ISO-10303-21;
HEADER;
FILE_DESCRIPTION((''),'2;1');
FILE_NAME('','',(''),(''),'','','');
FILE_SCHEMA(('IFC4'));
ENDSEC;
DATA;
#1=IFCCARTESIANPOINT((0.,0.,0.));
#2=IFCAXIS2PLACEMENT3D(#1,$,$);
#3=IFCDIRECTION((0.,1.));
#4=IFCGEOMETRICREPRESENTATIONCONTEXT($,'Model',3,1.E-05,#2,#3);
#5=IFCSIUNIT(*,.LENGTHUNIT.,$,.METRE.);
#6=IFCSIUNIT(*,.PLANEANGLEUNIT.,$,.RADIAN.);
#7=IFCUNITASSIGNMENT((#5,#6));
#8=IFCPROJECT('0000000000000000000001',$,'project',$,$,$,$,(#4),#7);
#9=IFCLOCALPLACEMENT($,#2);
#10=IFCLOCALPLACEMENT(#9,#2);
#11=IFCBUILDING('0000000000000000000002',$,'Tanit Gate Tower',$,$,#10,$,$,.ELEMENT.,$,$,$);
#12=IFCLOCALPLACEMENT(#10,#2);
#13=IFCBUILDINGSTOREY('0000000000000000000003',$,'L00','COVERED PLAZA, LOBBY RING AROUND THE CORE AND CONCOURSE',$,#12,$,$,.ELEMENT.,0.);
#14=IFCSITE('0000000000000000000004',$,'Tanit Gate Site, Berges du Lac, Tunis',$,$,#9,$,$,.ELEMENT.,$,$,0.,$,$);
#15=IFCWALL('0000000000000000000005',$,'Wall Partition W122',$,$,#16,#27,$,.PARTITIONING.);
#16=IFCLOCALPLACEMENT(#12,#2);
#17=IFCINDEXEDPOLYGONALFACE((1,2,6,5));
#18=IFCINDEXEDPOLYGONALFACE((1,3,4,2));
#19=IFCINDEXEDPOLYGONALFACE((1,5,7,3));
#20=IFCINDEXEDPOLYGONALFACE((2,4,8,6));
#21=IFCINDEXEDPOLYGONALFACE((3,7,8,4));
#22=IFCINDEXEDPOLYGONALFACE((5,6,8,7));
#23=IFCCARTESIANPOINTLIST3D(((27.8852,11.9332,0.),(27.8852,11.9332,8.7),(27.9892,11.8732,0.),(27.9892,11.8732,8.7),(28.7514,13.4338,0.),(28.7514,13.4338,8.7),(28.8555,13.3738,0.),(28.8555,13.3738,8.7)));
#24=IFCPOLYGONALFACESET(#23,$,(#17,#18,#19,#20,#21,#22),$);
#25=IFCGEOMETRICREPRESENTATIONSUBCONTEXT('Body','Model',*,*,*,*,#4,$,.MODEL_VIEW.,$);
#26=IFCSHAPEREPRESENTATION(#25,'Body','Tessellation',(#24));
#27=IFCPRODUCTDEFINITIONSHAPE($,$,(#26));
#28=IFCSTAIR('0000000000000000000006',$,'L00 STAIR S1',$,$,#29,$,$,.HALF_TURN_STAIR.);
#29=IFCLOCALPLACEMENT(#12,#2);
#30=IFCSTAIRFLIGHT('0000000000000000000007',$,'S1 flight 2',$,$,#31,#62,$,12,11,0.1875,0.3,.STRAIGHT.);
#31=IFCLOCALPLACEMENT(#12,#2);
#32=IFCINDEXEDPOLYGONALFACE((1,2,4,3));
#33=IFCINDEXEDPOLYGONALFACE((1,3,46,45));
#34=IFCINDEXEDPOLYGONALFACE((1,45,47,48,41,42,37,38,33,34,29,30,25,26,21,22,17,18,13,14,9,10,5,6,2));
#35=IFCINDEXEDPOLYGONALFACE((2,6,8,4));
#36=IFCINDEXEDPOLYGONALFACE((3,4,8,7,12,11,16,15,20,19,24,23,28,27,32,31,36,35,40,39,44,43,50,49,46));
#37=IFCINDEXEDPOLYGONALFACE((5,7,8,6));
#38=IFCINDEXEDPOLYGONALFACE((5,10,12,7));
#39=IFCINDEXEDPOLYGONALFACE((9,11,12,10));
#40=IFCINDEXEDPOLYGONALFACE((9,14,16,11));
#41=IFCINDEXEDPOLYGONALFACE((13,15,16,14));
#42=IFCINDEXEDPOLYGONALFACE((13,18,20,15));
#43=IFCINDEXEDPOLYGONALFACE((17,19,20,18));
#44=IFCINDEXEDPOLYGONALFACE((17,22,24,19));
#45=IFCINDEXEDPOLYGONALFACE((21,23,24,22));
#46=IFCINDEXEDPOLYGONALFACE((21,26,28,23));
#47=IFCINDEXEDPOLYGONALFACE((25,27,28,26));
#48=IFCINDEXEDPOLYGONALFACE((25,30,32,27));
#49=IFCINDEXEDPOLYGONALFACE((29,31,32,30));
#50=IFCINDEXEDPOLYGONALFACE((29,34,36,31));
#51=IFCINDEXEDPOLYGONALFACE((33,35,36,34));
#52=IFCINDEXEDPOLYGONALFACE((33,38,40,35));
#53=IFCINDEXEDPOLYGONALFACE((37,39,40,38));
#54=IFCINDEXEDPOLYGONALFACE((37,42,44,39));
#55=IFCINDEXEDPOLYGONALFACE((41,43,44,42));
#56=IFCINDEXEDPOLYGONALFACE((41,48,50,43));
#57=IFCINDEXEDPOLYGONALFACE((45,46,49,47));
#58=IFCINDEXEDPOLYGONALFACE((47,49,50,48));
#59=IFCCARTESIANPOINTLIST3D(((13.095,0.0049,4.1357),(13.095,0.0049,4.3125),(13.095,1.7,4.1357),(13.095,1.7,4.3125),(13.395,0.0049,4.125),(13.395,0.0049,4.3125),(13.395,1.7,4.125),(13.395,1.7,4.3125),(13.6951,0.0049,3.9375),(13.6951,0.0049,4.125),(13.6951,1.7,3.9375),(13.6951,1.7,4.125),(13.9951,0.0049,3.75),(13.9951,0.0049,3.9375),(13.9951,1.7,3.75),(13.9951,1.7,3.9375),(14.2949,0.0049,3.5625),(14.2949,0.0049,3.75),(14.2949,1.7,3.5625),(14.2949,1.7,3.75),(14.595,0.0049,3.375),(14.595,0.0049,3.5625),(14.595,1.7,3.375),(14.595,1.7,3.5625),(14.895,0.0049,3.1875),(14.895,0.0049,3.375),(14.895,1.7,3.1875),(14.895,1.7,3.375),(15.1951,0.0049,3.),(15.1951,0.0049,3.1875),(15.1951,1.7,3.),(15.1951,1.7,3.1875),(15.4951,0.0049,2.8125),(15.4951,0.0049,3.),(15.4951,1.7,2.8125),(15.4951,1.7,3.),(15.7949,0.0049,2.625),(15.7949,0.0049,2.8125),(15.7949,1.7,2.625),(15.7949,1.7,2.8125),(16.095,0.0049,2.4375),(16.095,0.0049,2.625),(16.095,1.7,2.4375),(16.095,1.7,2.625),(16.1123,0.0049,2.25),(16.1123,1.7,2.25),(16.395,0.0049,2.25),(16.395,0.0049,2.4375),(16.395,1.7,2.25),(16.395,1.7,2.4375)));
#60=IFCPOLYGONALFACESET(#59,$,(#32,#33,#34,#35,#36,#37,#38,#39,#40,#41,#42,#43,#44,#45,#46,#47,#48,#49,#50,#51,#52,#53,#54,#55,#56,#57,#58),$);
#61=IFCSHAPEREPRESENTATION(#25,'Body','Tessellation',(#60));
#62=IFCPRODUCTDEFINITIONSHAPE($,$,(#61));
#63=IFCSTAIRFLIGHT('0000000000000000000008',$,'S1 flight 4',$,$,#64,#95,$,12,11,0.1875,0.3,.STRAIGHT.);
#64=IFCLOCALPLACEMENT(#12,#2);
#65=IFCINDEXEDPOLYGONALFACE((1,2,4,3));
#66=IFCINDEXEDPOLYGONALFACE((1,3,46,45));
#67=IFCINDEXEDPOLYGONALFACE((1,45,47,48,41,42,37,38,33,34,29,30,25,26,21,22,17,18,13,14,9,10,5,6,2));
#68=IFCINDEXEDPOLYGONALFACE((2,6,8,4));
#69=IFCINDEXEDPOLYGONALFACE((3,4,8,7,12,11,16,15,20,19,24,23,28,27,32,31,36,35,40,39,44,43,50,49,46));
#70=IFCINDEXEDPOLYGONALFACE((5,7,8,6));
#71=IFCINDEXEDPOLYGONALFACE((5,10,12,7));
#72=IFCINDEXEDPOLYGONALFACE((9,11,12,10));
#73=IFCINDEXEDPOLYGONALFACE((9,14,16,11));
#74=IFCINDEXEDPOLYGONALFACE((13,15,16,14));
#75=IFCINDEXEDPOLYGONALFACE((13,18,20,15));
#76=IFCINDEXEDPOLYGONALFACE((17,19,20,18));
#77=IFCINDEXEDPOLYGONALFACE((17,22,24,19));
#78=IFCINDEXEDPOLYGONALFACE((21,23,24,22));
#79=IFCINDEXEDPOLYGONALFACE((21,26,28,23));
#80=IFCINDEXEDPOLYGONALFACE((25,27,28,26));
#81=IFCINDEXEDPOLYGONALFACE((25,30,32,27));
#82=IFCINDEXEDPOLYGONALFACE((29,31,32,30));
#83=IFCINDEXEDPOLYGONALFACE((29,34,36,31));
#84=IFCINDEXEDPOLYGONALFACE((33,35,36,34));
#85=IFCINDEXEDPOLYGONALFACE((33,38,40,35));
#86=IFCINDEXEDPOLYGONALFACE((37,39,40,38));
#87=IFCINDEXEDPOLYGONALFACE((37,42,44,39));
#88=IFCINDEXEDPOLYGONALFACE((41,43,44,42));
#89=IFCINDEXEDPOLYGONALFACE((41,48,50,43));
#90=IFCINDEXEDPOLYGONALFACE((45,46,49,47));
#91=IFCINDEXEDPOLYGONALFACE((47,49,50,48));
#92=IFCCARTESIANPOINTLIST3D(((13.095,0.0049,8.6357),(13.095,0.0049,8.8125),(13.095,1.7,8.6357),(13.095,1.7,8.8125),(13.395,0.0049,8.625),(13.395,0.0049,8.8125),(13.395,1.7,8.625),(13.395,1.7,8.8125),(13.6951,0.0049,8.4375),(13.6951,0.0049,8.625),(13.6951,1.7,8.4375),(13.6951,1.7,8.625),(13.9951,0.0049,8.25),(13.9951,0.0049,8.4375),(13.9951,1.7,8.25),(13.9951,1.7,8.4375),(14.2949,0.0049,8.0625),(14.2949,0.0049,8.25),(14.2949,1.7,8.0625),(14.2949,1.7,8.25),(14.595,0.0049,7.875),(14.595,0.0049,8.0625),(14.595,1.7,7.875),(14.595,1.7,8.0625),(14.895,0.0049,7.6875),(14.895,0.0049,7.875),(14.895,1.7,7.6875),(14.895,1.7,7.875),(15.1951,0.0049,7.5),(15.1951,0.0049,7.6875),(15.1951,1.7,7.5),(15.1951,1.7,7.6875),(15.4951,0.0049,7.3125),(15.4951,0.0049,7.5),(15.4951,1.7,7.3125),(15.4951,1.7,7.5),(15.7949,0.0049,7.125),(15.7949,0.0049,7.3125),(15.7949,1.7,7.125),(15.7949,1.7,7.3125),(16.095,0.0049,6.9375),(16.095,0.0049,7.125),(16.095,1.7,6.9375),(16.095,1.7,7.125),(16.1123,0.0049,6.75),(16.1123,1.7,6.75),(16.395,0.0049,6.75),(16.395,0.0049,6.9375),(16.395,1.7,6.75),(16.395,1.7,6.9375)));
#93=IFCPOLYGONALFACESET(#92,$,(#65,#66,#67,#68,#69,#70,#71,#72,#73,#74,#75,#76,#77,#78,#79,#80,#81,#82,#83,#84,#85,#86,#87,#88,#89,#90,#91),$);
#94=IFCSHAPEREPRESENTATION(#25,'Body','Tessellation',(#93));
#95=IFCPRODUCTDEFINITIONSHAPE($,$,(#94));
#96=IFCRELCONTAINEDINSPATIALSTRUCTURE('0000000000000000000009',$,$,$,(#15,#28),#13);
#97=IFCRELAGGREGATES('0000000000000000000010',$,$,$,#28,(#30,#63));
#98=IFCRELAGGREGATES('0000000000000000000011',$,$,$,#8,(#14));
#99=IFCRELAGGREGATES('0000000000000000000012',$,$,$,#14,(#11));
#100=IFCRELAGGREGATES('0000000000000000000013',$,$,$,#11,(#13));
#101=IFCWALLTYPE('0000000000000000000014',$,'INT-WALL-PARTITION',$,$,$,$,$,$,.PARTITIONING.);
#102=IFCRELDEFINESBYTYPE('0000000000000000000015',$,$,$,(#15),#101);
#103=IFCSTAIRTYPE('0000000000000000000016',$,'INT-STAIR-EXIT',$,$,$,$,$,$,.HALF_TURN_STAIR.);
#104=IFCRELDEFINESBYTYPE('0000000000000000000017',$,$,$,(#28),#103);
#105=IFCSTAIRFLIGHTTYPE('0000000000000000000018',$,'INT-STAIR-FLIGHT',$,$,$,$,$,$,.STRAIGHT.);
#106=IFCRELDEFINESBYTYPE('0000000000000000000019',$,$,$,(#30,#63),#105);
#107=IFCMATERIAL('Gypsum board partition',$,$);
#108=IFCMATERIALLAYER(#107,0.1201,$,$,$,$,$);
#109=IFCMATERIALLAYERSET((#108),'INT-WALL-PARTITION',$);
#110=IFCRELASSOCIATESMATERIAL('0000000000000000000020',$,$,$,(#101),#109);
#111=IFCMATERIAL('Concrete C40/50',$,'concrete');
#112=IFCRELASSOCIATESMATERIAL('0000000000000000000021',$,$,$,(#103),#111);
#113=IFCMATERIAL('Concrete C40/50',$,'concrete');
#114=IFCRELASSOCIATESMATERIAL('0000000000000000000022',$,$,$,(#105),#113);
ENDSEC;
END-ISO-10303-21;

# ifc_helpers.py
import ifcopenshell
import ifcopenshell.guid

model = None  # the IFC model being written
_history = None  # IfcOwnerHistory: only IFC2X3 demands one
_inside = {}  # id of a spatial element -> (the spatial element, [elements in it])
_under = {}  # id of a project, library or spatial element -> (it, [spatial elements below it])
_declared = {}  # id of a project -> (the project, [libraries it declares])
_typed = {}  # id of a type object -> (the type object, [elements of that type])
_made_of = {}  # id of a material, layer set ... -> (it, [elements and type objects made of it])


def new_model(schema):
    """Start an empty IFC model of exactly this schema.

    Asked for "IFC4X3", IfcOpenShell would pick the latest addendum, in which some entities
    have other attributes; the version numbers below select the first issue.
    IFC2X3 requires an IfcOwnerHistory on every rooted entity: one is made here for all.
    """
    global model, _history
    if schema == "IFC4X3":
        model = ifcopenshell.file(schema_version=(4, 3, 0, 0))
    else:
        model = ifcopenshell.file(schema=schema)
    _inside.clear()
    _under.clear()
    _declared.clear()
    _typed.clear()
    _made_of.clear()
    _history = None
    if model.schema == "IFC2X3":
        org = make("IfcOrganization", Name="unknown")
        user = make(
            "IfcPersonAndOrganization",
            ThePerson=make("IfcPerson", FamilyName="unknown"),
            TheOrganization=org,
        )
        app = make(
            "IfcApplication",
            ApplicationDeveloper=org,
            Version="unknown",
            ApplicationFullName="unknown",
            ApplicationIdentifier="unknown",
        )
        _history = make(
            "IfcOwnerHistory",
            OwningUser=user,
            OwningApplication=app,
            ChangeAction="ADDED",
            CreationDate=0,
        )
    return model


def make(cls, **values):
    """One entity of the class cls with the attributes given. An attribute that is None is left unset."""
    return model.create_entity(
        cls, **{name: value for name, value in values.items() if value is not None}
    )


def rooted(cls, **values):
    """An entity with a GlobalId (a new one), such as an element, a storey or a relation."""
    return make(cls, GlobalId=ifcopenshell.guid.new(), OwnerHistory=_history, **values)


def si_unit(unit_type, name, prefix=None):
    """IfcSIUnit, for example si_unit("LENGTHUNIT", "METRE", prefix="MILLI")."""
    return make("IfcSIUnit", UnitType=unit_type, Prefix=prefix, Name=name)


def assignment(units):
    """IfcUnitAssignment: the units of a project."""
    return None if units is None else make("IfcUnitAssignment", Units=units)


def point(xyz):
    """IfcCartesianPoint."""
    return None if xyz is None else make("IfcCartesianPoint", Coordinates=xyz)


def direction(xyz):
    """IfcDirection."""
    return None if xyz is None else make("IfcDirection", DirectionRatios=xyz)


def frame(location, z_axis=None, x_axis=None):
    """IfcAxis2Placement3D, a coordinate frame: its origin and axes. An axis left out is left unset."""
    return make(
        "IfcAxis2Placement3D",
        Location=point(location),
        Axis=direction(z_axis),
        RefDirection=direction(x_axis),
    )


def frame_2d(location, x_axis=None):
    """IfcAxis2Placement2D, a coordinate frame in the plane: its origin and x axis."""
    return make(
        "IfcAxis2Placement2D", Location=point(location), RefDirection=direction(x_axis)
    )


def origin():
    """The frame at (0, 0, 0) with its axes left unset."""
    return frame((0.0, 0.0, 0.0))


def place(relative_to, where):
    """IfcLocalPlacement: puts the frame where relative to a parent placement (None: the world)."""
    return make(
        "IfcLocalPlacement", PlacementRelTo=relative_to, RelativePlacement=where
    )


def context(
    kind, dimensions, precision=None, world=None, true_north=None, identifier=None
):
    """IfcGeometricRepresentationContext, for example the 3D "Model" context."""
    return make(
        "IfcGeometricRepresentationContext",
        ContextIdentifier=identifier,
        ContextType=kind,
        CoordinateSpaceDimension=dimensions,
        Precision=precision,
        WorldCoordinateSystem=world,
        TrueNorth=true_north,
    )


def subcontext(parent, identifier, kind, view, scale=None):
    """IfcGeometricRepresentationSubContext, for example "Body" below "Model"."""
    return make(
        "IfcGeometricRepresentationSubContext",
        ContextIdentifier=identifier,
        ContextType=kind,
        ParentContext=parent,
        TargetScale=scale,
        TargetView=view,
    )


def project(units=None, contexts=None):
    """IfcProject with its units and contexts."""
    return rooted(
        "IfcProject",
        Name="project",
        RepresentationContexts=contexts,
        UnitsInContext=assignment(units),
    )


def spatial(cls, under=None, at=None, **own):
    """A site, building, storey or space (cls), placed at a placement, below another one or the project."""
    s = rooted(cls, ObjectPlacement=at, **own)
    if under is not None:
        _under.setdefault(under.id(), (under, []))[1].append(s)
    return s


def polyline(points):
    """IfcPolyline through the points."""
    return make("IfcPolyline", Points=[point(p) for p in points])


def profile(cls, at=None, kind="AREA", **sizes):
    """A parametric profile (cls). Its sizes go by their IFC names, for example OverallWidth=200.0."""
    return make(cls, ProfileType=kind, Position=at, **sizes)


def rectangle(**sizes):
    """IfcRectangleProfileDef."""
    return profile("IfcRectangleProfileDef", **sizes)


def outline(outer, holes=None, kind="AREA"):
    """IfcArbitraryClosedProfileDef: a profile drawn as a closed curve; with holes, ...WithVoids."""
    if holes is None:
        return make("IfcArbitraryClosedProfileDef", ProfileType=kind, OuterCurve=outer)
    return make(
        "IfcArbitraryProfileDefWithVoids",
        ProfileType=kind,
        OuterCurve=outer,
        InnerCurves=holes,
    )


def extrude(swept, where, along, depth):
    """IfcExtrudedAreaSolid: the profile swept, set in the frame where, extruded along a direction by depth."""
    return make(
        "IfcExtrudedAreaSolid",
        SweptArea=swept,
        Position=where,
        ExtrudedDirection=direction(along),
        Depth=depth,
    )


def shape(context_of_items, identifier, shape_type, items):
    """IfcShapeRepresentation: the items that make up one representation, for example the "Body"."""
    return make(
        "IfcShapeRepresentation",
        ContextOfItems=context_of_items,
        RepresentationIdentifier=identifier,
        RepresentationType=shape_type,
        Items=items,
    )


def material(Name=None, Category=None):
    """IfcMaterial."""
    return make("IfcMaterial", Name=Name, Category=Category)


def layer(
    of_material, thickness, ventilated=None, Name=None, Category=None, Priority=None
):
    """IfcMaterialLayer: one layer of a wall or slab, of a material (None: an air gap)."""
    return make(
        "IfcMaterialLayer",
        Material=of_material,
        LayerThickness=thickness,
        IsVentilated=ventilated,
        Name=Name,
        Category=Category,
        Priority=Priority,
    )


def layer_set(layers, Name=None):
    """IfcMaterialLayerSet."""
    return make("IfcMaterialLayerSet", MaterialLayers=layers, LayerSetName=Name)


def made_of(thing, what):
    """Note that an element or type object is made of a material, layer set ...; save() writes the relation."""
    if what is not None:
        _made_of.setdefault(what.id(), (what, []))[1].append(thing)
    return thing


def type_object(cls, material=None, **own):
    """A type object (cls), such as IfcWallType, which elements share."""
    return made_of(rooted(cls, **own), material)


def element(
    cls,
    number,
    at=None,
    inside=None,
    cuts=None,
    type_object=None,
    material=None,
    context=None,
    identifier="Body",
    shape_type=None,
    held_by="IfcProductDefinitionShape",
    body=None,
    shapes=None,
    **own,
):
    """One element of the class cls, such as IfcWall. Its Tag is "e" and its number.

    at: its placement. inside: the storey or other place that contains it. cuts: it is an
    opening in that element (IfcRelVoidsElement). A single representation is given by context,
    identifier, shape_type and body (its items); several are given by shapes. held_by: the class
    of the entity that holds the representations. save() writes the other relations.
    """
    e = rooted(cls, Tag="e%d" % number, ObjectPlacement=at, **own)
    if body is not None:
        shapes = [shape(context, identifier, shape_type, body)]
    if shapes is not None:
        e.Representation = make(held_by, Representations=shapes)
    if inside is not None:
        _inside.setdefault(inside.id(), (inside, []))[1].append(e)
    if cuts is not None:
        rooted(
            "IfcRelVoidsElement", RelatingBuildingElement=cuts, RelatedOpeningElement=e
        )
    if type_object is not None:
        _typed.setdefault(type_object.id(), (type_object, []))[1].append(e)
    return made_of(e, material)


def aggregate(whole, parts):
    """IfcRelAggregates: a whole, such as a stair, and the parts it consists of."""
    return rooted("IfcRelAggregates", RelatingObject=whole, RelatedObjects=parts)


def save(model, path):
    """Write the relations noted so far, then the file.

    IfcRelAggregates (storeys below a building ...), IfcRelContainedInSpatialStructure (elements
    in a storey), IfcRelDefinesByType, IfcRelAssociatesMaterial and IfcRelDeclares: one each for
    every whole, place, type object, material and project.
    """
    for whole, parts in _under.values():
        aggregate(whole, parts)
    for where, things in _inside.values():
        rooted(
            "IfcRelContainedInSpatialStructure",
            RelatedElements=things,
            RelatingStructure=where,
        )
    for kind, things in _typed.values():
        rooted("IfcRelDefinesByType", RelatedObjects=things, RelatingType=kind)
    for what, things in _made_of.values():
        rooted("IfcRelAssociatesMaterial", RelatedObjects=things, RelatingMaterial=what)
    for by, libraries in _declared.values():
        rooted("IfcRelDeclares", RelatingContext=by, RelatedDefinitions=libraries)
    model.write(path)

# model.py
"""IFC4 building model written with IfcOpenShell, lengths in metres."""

from ifc_helpers import new_model, si_unit, direction, frame, frame_2d, origin, place, context, subcontext, project, spatial, polyline, rectangle, outline, extrude, material, layer, layer_set, type_object, element, aggregate, save


model = new_model("IFC4")

# Units and contexts
model_context = context("Model", 3, precision=1e-05, world=origin(), true_north=direction((0.0, 1.0)))
body_context = subcontext(model_context, "Body", "Model", "MODEL_VIEW")
ifc_project = project(units=[si_unit("LENGTHUNIT", "METRE"), si_unit("PLANEANGLEUNIT", "RADIAN")], contexts=[model_context])

# Site, building, storey
site_placement = place(None, origin())
site = spatial("IfcSite", under=ifc_project, at=site_placement, Name="Tanit Gate Site, Berges du Lac, Tunis", CompositionType="ELEMENT", RefElevation=0.0)
building_placement = place(site_placement, origin())
building = spatial("IfcBuilding", under=site, at=building_placement, Name="Tanit Gate Tower", CompositionType="ELEMENT")
storey_placement = place(building_placement, origin())
storey = spatial("IfcBuildingStorey", under=building, at=storey_placement, Name="L00", Description="COVERED PLAZA, LOBBY RING AROUND THE CORE AND CONCOURSE", CompositionType="ELEMENT", Elevation=0.0)

# Shared definitions
ifc_material_1 = material(Name="Gypsum board partition")
ifc_layer_1 = layer(ifc_material_1, 0.1201)
ifc_layer_set_1 = layer_set([ifc_layer_1], Name="INT-WALL-PARTITION")
wall_type_1 = type_object("IfcWallType", Name="INT-WALL-PARTITION", PredefinedType="PARTITIONING", material=ifc_layer_set_1)

# Wall
wall_1_placement = place(storey_placement, frame((27.9373, 11.9033, 0.0), z_axis=(0.0, 0.0, 1.0), x_axis=(0.499958, 0.866049, 0.0)))
element("IfcWall", 1, at=wall_1_placement, inside=storey, type_object=wall_type_1, Name="Wall Partition W122", PredefinedType="PARTITIONING", context=body_context, shape_type="SweptSolid", body=[
    extrude(rectangle(XDim=1.7327, YDim=0.1201, at=frame_2d((0.8662, 0.0))), origin(), (0.0, 0.0, 1.0), 8.7),
])

# Stair, stair flights
ifc_material_2 = material(Name="Concrete C40/50", Category="concrete")
stair_type = type_object("IfcStairType", Name="INT-STAIR-EXIT", PredefinedType="HALF_TURN_STAIR", material=ifc_material_2)
stair_placement = place(storey_placement, origin())
stair = element("IfcStair", 2, at=stair_placement, inside=storey, type_object=stair_type, Name="L00 STAIR S1", PredefinedType="HALF_TURN_STAIR")
ifc_material_3 = material(Name="Concrete C40/50", Category="concrete")
stair_flight_type = type_object("IfcStairFlightType", Name="INT-STAIR-FLIGHT", PredefinedType="STRAIGHT", material=ifc_material_3)
stair_flight_1_placement = place(storey_placement, frame((16.395, 0.8525, 2.25), z_axis=(0.0, 0.0, 1.0), x_axis=(-1.0, 0.0, 0.0)))
stair_flight_1 = element("IfcStairFlight", 3, at=stair_flight_1_placement, type_object=stair_flight_type, Name="S1 flight 2", NumberOfRisers=12, NumberOfTreads=11, PredefinedType="STRAIGHT", RiserHeight=0.1875, TreadLength=0.3, context=body_context, shape_type="SweptSolid", body=[
    extrude(outline(polyline([(0.0, 0.0), (0.0, 0.1875), (0.3, 0.1875), (0.3, 0.375), (0.6001, 0.375), (0.6001, 0.5625), (0.8999, 0.5625), (0.8999, 0.75), (1.2, 0.75), (1.2, 0.9375), (1.5, 0.9375), (1.5, 1.125), (1.8, 1.125), (1.8, 1.3125), (2.1001, 1.3125), (2.1001, 1.5), (2.3999, 1.5), (2.3999, 1.6875), (2.7, 1.6875), (2.7, 1.875), (3.0, 1.875), (3.0, 2.0625), (3.3, 2.0625), (3.3, 2.25), (3.3, 1.8857), (0.2827, 0.0), (0.0, 0.0)])), frame((0.0, 0.8477, 0.0), z_axis=(0.0, -1.0, 0.0), x_axis=(1.0, 0.0, 0.0)), (0.0, 0.0, 1.0), 1.6951),
])
stair_flight_2_placement = place(storey_placement, frame((16.395, 0.8525, 6.75), z_axis=(0.0, 0.0, 1.0), x_axis=(-1.0, 0.0, 0.0)))
stair_flight_2 = element("IfcStairFlight", 4, at=stair_flight_2_placement, type_object=stair_flight_type, Name="S1 flight 4", NumberOfRisers=12, NumberOfTreads=11, PredefinedType="STRAIGHT", RiserHeight=0.1875, TreadLength=0.3, context=body_context, shape_type="SweptSolid", body=[
    extrude(outline(polyline([(0.0, 0.0), (0.0, 0.1875), (0.3, 0.1875), (0.3, 0.375), (0.6001, 0.375), (0.6001, 0.5625), (0.8999, 0.5625), (0.8999, 0.75), (1.2, 0.75), (1.2, 0.9375), (1.5, 0.9375), (1.5, 1.125), (1.8, 1.125), (1.8, 1.3125), (2.1001, 1.3125), (2.1001, 1.5), (2.3999, 1.5), (2.3999, 1.6875), (2.7, 1.6875), (2.7, 1.875), (3.0, 1.875), (3.0, 2.0625), (3.3, 2.0625), (3.3, 2.25), (3.3, 1.8857), (0.2827, 0.0), (0.0, 0.0)])), frame((0.0, 0.8477, 0.0), z_axis=(0.0, -1.0, 0.0), x_axis=(1.0, 0.0, 0.0)), (0.0, 0.0, 1.0), 1.6951),
])
aggregate(stair, [stair_flight_1, stair_flight_2])

save(model, "model.ifc")
